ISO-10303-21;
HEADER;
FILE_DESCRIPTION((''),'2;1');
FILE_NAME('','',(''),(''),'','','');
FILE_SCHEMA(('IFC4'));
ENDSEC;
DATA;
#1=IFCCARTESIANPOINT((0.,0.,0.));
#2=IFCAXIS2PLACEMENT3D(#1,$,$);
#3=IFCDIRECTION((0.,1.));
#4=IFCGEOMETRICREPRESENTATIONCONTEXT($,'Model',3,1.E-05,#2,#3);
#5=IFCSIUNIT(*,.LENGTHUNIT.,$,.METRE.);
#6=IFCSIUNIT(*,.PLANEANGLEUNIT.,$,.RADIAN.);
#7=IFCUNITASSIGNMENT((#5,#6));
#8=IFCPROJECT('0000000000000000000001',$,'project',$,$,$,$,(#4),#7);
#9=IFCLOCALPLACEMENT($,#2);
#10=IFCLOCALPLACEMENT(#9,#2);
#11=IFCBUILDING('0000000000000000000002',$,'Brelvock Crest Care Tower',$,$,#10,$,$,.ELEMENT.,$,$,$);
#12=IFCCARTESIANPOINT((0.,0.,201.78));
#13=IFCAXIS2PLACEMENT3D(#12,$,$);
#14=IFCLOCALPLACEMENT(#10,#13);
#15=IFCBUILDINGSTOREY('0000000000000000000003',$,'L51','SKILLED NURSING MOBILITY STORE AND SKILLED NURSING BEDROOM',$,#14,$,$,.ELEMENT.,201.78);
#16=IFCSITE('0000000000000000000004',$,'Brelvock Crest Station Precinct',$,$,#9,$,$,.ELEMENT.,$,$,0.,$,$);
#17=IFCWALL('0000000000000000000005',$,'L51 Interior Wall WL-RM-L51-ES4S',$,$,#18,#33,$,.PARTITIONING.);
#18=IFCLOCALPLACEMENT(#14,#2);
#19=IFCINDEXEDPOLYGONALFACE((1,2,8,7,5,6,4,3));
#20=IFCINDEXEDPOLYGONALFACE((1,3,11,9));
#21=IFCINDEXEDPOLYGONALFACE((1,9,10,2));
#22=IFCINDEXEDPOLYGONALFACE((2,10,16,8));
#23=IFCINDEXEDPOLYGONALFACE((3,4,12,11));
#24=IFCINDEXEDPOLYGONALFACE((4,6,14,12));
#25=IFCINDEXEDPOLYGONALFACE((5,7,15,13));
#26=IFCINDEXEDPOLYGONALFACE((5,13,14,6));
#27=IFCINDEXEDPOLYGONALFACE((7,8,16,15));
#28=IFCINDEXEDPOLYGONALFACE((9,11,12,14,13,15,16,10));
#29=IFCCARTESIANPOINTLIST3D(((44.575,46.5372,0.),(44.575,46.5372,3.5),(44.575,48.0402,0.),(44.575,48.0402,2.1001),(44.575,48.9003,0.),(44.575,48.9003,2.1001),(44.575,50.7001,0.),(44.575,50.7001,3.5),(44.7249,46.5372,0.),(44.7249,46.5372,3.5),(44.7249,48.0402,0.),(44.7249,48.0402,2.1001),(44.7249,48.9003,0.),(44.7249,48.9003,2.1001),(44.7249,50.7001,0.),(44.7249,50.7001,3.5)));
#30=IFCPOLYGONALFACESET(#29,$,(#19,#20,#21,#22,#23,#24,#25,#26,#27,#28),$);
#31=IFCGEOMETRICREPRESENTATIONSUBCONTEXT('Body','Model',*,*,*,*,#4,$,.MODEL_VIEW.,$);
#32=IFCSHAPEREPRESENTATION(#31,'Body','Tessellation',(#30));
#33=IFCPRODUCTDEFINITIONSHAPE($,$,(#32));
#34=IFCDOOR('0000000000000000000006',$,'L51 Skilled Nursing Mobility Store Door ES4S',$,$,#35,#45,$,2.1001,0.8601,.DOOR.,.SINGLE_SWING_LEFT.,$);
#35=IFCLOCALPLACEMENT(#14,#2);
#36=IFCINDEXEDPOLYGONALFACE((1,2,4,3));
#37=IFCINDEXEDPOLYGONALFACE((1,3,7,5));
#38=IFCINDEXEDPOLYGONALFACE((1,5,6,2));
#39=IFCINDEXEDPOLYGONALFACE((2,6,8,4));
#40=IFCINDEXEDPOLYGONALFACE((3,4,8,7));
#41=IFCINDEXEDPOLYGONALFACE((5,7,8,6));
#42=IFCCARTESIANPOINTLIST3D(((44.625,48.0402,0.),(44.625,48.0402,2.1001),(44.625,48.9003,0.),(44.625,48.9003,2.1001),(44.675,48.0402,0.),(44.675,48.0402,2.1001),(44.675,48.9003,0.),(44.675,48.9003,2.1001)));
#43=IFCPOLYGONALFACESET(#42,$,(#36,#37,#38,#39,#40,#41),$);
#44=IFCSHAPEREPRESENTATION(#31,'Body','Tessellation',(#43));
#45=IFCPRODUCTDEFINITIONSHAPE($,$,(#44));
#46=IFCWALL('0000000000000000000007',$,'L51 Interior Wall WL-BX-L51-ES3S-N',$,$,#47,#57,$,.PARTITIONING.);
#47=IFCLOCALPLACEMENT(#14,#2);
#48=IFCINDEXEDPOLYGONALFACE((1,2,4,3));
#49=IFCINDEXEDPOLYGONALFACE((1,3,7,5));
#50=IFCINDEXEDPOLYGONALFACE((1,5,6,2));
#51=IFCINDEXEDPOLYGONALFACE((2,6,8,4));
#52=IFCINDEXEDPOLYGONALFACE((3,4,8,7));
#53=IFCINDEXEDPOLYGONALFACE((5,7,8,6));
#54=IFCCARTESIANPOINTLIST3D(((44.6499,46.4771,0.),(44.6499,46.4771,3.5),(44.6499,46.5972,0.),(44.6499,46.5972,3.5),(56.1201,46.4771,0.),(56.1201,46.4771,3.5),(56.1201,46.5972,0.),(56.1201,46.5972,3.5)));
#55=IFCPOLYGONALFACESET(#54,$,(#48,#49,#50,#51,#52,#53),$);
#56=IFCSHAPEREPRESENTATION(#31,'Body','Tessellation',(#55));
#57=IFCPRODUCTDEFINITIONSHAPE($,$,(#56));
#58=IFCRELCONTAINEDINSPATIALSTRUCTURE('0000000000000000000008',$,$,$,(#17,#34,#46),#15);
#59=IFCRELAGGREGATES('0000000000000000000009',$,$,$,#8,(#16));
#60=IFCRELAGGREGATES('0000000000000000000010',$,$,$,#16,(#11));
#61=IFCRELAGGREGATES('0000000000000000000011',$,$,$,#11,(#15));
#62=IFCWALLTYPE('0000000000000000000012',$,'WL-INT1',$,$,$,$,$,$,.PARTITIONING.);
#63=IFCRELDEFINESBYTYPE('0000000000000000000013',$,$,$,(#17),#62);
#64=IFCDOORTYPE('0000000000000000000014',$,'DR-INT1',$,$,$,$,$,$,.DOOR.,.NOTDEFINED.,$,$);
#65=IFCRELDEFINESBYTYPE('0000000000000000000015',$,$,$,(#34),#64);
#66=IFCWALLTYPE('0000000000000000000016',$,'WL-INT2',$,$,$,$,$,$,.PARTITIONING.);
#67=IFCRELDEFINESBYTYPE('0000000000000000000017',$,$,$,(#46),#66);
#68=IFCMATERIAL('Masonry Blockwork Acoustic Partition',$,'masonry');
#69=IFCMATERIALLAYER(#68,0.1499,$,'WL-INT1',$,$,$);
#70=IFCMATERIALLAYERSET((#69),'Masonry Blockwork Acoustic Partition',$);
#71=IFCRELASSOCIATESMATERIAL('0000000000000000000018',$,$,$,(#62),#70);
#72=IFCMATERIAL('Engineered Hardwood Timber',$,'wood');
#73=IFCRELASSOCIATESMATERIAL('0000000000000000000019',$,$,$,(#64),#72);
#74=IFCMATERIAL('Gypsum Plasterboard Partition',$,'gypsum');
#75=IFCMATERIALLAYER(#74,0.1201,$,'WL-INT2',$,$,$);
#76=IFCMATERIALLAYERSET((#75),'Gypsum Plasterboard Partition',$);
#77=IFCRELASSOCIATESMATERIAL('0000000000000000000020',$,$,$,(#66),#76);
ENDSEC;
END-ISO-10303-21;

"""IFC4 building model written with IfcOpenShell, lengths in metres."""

from ifc_helpers import new_model, si_unit, direction, frame, frame_2d, origin, origin_2d, place, context, subcontext, project, spatial, rectangle, extrude, source, transform, mapped, material, layer, layer_set, type_object, element, fill, save


model = new_model("IFC4")

# Units and contexts
model_context = context("Model", 3, precision=1e-05, world=origin(), true_north=direction((0.0, 1.0)))
body_context = subcontext(model_context, "Body", "Model", "MODEL_VIEW")
ifc_project = project(units=[si_unit("LENGTHUNIT", "METRE"), si_unit("PLANEANGLEUNIT", "RADIAN")], contexts=[model_context])

# Site, building, storey
site_placement = place(None, origin())
site = spatial("IfcSite", under=ifc_project, at=site_placement, Name="Brelvock Crest Station Precinct", CompositionType="ELEMENT", RefElevation=0.0)
building_placement = place(site_placement, origin())
building = spatial("IfcBuilding", under=site, at=building_placement, Name="Brelvock Crest Care Tower", CompositionType="ELEMENT")
storey_placement = place(building_placement, frame((0.0, 0.0, 201.78)))
storey = spatial("IfcBuildingStorey", under=building, at=storey_placement, Name="L51", Description="SKILLED NURSING MOBILITY STORE AND SKILLED NURSING BEDROOM", CompositionType="ELEMENT", Elevation=201.78)

# Wall, opening, door
ifc_material_1 = material(Name="Masonry Blockwork Acoustic Partition", Category="masonry")
ifc_layer_1 = layer(ifc_material_1, 0.1499, Name="WL-INT1")
ifc_layer_set_1 = layer_set([ifc_layer_1], Name="Masonry Blockwork Acoustic Partition")
wall_type_1 = type_object("IfcWallType", Name="WL-INT1", PredefinedType="PARTITIONING", material=ifc_layer_set_1)
ifc_material_2 = material(Name="Engineered Hardwood Timber", Category="wood")
door_type_1 = type_object("IfcDoorType", Name="DR-INT1", OperationType="NOTDEFINED", PredefinedType="DOOR", material=ifc_material_2)
shared_shape_1 = source(origin(), body_context, "Body", "SweptSolid", [
    extrude(rectangle(XDim=0.8601, YDim=2.1001, at=origin_2d()), frame((0.4302, 0.0249, 1.05), z_axis=(0.0, -1.0, 0.0), x_axis=(1.0, 0.0, 0.0)), (0.0, 0.0, 1.0), 0.05),
])
wall_1_placement = place(storey_placement, frame((44.6499, 46.5371, 0.0), z_axis=(0.0, 0.0, 1.0), x_axis=(0.0, 1.0, 0.0)))
wall_1 = element("IfcWall", 1, at=wall_1_placement, inside=storey, type_object=wall_type_1, Name="L51 Interior Wall WL-RM-L51-ES4S", PredefinedType="PARTITIONING", context=body_context, shape_type="SweptSolid", body=[
    extrude(rectangle(XDim=4.1628, YDim=0.1499, at=frame_2d((2.0815, 0.0))), origin(), (0.0, 0.0, 1.0), 3.5),
])
opening_1_placement = place(wall_1_placement, frame((1.5029, 0.0, 0.0)))
opening_1 = element("IfcOpeningElement", 2, at=opening_1_placement, cuts=wall_1, PredefinedType="OPENING", context=body_context, shape_type="SweptSolid", body=[
    extrude(rectangle(XDim=0.8601, YDim=2.1001, at=origin_2d()), frame((0.4302, 0.085, 1.05), z_axis=(0.0, -1.0, 0.0), x_axis=(1.0, 0.0, 0.0)), (0.0, 0.0, 1.0), 0.1699),
])
door_1_placement = place(opening_1_placement, origin())
door_1 = element("IfcDoor", 3, at=door_1_placement, inside=storey, type_object=door_type_1, Name="L51 Skilled Nursing Mobility Store Door ES4S", OperationType="SINGLE_SWING_LEFT", OverallHeight=2.1001, OverallWidth=0.8601, PredefinedType="DOOR", context=body_context, shape_type="MappedRepresentation", body=[
    mapped(shared_shape_1, transform((0.0, 0.0, 0.0), x_axis=(1.0, 0.0, 0.0), y_axis=(0.0, 1.0, 0.0), z_axis=(0.0, 0.0, 1.0), scale=1.0)),
])
fill(opening_1, door_1)

# Wall
ifc_material_3 = material(Name="Gypsum Plasterboard Partition", Category="gypsum")
ifc_layer_2 = layer(ifc_material_3, 0.1201, Name="WL-INT2")
ifc_layer_set_2 = layer_set([ifc_layer_2], Name="Gypsum Plasterboard Partition")
wall_type_2 = type_object("IfcWallType", Name="WL-INT2", PredefinedType="PARTITIONING", material=ifc_layer_set_2)
wall_2_placement = place(storey_placement, frame((44.6499, 46.5371, 0.0), z_axis=(0.0, 0.0, 1.0), x_axis=(1.0, 0.0, 0.0)))
element("IfcWall", 4, at=wall_2_placement, inside=storey, type_object=wall_type_2, Name="L51 Interior Wall WL-BX-L51-ES3S-N", PredefinedType="PARTITIONING", context=body_context, shape_type="SweptSolid", body=[
    extrude(rectangle(XDim=11.4702, YDim=0.1201, at=frame_2d((5.7351, 0.0))), origin(), (0.0, 0.0, 1.0), 3.5),
])

save(model, "model.ifc")
